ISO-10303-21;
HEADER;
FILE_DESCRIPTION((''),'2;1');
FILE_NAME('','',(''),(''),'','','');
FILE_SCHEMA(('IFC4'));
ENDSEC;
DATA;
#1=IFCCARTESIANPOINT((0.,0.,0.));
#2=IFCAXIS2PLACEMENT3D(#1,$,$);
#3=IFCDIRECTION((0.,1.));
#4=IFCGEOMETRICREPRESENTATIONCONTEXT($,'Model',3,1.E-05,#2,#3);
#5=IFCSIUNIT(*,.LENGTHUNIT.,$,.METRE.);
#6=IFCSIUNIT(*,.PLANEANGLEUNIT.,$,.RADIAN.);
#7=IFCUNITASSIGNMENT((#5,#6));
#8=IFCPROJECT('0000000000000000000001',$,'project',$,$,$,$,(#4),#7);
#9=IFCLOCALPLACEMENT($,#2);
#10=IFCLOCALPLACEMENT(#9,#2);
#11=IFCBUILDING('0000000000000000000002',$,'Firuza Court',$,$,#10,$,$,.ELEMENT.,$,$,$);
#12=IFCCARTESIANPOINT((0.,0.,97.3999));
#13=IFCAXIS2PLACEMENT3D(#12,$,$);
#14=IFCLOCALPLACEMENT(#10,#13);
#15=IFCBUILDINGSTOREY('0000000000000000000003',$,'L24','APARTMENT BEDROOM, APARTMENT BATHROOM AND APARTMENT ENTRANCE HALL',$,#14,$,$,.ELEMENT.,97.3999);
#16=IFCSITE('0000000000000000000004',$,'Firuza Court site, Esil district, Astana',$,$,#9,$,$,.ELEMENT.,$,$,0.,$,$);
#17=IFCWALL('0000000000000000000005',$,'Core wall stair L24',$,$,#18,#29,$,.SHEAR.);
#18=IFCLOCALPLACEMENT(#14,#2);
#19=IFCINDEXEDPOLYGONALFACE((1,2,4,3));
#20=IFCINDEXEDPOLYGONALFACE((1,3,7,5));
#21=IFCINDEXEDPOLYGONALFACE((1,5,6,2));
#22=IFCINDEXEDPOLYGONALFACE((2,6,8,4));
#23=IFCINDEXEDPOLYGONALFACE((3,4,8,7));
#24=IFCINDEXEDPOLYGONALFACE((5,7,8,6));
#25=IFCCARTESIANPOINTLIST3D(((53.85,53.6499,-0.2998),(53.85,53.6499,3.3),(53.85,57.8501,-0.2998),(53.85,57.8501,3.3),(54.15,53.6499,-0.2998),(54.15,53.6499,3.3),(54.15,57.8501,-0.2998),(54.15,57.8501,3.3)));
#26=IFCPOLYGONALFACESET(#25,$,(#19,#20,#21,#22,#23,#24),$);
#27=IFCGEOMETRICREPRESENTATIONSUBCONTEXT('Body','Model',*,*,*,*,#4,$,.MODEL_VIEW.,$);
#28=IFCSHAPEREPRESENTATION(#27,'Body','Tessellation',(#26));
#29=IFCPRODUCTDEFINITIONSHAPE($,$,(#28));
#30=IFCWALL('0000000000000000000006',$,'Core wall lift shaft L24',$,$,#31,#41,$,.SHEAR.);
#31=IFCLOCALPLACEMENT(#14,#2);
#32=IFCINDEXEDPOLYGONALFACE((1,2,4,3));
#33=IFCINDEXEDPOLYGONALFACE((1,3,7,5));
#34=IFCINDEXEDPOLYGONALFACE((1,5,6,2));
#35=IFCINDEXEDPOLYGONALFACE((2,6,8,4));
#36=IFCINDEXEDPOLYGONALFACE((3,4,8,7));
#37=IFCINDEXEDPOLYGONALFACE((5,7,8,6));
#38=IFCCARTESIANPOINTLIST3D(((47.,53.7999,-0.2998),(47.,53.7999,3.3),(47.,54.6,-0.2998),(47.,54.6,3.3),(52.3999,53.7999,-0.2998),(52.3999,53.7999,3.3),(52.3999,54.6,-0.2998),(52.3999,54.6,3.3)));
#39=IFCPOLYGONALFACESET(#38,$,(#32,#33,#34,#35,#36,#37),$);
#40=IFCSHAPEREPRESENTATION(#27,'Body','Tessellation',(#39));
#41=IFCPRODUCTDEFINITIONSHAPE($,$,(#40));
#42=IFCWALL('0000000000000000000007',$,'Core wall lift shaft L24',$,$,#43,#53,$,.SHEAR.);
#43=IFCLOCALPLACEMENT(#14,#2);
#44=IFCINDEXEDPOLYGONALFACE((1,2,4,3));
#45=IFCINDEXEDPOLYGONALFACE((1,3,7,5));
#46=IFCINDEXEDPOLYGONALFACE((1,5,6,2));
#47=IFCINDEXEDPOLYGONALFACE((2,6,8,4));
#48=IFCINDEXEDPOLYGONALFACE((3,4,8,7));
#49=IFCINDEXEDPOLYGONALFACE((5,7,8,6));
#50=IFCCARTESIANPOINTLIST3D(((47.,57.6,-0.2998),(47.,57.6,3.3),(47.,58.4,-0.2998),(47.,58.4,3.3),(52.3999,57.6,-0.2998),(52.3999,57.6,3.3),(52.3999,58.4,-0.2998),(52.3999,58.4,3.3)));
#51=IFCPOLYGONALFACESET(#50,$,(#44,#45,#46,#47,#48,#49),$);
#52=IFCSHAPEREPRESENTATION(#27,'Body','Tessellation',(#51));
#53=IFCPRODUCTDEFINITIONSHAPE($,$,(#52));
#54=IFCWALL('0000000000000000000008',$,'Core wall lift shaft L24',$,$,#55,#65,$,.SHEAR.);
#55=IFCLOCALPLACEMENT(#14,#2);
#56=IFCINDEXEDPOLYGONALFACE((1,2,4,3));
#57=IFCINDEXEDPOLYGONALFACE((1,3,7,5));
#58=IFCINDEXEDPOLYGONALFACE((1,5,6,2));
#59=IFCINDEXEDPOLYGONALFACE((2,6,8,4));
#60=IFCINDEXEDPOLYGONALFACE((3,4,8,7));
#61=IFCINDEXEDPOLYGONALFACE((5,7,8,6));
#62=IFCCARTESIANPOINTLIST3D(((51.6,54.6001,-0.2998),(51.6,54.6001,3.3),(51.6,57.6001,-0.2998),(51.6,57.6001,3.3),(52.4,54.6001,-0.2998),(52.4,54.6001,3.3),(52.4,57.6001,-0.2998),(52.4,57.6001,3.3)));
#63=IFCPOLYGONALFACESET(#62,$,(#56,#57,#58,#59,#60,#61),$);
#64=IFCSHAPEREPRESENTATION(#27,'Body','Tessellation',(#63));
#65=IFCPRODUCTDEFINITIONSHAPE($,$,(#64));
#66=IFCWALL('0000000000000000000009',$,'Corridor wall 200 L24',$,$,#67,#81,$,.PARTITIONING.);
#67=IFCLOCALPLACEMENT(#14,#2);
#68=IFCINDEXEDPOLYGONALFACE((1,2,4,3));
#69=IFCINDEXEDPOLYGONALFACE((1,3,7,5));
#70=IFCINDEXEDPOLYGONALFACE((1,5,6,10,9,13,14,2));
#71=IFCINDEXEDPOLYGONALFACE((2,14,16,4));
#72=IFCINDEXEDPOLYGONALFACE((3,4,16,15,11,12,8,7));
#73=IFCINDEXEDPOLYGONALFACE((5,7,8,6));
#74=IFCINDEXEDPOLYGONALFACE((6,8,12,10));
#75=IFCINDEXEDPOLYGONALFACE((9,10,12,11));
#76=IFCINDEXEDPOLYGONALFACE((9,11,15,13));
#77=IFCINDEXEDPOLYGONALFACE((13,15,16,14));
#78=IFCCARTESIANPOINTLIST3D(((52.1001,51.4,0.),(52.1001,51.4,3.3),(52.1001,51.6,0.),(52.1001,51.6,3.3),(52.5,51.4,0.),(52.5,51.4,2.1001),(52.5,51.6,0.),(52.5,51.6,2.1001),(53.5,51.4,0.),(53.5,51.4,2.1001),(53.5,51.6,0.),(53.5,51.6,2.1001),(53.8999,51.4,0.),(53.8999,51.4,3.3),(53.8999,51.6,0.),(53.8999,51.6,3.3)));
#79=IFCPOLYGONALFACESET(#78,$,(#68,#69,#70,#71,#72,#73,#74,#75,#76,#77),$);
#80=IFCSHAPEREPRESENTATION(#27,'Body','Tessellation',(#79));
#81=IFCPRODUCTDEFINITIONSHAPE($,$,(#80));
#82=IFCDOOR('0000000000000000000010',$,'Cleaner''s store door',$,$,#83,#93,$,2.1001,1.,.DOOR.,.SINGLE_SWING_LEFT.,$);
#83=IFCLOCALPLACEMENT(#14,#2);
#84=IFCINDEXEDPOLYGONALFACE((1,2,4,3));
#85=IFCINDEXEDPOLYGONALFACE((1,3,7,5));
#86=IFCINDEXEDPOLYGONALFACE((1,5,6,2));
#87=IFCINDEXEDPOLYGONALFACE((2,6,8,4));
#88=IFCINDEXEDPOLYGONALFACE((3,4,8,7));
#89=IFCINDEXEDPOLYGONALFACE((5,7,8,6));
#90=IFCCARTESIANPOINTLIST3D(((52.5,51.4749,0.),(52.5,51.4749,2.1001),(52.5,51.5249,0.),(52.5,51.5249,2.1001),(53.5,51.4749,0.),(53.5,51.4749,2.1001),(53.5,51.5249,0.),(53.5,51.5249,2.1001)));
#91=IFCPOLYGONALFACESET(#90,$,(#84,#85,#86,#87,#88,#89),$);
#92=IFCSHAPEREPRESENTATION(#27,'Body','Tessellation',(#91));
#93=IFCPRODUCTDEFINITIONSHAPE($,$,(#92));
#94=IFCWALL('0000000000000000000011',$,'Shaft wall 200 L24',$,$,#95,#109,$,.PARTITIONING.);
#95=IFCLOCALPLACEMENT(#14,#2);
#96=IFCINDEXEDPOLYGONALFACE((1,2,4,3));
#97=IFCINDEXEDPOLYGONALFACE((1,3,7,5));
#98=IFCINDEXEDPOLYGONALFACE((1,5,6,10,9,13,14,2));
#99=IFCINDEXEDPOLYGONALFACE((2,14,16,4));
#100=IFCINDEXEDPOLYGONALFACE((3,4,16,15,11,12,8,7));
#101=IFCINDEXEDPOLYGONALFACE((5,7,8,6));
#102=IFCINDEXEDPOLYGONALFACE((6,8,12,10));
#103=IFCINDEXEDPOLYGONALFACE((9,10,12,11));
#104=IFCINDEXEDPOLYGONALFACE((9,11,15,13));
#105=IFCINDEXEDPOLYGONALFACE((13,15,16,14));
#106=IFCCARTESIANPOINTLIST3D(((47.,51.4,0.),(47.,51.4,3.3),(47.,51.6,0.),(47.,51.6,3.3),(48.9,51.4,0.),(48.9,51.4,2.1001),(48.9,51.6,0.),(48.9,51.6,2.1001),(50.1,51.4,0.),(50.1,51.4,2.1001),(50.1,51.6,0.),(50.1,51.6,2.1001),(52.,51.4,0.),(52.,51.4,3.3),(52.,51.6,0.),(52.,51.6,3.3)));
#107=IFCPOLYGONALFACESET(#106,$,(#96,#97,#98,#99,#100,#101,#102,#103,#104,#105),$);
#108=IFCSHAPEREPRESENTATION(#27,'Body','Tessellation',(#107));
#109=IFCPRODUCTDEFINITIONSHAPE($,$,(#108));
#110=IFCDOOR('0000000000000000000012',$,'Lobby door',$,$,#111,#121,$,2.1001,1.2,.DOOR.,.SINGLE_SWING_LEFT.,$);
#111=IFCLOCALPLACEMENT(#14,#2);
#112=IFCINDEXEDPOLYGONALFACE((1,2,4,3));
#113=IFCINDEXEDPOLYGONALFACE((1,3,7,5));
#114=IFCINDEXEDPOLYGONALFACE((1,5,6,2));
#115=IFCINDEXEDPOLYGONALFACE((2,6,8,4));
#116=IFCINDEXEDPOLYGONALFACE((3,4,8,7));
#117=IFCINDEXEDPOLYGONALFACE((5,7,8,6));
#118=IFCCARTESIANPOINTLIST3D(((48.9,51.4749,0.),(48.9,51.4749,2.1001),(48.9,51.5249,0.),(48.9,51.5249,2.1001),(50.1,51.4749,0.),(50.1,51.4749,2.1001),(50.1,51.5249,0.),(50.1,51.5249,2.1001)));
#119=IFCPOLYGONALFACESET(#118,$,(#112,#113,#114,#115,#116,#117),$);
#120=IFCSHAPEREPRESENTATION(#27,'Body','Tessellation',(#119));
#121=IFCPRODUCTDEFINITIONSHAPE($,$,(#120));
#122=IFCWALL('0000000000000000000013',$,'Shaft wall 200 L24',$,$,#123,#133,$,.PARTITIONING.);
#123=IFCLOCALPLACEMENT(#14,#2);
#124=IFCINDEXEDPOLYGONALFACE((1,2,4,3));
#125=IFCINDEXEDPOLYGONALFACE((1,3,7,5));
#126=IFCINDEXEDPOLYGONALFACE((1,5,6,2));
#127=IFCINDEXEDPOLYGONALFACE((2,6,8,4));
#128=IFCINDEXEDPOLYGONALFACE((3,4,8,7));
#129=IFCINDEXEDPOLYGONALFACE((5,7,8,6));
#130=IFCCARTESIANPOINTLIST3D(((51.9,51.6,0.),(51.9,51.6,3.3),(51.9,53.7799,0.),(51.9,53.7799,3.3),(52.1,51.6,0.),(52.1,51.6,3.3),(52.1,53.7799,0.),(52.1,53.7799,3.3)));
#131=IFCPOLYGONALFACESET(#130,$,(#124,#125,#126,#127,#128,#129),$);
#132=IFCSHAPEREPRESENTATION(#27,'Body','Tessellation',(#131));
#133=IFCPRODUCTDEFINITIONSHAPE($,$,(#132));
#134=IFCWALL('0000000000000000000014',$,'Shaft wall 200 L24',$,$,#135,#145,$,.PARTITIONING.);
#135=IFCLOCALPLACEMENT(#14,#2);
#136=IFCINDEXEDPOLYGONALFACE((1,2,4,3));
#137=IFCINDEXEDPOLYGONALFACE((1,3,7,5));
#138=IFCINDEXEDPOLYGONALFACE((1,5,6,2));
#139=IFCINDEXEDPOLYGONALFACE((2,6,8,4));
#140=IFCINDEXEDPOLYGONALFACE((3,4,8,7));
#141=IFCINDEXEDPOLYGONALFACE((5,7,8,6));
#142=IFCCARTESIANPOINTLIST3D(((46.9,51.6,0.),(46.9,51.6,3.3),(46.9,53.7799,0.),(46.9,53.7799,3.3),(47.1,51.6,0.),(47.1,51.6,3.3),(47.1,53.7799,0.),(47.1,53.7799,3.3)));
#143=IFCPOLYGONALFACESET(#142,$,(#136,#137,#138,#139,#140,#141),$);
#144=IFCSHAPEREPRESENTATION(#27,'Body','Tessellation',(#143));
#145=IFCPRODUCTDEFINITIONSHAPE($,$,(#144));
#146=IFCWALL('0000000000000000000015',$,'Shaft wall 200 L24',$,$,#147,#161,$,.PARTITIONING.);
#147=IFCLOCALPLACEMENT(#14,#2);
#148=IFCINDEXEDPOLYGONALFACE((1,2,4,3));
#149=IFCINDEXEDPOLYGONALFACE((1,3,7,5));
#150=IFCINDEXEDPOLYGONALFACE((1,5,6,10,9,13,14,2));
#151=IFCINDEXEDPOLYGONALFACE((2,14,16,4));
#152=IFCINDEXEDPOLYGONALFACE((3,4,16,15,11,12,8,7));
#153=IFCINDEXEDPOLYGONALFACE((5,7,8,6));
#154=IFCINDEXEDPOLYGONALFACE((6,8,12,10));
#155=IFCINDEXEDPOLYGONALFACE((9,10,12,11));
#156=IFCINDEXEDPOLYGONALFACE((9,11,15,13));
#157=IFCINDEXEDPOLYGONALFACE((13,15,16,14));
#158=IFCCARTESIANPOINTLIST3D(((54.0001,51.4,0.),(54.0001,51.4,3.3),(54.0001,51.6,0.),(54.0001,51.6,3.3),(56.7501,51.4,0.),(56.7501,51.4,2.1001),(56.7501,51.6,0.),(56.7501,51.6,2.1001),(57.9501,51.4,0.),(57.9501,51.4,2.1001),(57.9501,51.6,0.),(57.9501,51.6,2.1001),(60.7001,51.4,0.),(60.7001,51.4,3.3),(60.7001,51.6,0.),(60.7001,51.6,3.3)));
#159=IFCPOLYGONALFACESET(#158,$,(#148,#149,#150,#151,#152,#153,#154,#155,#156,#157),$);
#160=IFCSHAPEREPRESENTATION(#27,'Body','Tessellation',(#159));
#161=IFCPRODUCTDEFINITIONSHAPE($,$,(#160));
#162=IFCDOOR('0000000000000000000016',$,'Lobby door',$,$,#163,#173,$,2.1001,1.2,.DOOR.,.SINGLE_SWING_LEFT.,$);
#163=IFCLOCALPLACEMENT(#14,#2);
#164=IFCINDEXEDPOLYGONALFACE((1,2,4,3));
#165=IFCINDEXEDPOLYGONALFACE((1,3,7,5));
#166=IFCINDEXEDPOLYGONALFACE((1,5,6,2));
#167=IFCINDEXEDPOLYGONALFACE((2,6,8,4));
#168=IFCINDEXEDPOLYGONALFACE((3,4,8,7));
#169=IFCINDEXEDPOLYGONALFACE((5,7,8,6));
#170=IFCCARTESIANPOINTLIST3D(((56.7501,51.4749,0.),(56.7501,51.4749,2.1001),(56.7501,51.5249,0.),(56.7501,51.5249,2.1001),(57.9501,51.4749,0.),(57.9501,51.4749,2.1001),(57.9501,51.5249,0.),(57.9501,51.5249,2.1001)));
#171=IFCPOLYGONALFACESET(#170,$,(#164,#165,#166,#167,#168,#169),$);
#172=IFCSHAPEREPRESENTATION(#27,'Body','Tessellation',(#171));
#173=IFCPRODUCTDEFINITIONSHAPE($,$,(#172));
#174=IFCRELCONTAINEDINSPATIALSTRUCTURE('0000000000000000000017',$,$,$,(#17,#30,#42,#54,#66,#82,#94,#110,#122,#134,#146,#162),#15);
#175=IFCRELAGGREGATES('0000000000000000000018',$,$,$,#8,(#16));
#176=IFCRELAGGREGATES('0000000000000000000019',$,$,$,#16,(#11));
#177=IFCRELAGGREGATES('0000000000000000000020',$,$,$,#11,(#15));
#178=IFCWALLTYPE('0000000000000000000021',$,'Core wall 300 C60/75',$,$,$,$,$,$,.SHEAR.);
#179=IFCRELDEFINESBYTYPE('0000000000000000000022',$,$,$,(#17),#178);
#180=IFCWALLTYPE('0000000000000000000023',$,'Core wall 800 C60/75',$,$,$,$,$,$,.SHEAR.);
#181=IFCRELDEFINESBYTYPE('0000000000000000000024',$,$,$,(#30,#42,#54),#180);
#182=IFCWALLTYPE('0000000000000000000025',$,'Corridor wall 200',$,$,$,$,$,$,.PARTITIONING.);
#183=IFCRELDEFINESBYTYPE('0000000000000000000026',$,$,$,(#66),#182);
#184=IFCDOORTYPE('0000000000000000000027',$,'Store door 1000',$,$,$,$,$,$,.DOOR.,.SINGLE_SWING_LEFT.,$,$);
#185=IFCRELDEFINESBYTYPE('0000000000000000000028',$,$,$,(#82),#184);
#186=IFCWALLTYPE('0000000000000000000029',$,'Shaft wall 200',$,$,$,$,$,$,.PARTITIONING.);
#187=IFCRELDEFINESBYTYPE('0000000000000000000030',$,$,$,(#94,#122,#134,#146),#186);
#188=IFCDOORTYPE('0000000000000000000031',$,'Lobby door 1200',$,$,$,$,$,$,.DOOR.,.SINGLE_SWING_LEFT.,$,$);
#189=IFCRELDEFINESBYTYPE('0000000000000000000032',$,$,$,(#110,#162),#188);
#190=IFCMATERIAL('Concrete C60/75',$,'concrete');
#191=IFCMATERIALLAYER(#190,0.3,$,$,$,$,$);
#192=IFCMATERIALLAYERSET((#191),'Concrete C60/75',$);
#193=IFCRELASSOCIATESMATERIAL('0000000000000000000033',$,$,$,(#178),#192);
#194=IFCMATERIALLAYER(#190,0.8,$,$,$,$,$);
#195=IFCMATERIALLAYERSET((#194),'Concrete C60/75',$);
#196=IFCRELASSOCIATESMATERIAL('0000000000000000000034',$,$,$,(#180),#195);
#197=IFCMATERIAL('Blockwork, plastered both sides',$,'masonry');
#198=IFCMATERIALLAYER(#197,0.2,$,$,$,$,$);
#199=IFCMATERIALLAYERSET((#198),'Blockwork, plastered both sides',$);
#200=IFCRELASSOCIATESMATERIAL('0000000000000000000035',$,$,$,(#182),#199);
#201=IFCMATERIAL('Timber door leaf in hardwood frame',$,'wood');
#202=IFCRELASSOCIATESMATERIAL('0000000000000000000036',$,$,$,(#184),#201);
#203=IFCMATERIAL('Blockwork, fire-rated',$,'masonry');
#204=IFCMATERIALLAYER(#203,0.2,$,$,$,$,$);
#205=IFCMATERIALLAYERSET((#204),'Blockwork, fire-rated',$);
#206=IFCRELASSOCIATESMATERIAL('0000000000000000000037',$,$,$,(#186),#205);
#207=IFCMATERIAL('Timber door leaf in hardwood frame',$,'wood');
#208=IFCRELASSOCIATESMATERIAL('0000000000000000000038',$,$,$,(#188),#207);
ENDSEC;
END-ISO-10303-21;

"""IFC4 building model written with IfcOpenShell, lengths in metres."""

from ifc_helpers import new_model, si_unit, direction, frame, frame_2d, origin, place, context, subcontext, project, spatial, rectangle, extrude, material, layer, layer_set, type_object, element, fill, save


model = new_model("IFC4")

# Units and contexts
model_context = context("Model", 3, precision=1e-05, world=origin(), true_north=direction((0.0, 1.0)))
body_context = subcontext(model_context, "Body", "Model", "MODEL_VIEW")
ifc_project = project(units=[si_unit("LENGTHUNIT", "METRE"), si_unit("PLANEANGLEUNIT", "RADIAN")], contexts=[model_context])

# Site, building, storey
site_placement = place(None, origin())
site = spatial("IfcSite", under=ifc_project, at=site_placement, Name="Firuza Court site, Esil district, Astana", CompositionType="ELEMENT", RefElevation=0.0)
building_placement = place(site_placement, origin())
building = spatial("IfcBuilding", under=site, at=building_placement, Name="Firuza Court", CompositionType="ELEMENT")
storey_placement = place(building_placement, frame((0.0, 0.0, 97.3999)))
storey = spatial("IfcBuildingStorey", under=building, at=storey_placement, Name="L24", Description="APARTMENT BEDROOM, APARTMENT BATHROOM AND APARTMENT ENTRANCE HALL", CompositionType="ELEMENT", Elevation=97.3999)

# Shared definitions
ifc_material_1 = material(Name="Concrete C60/75", Category="concrete")
ifc_layer_1 = layer(ifc_material_1, 0.3)
ifc_layer_set_1 = layer_set([ifc_layer_1], Name="Concrete C60/75")
wall_type_1 = type_object("IfcWallType", Name="Core wall 300 C60/75", PredefinedType="SHEAR", material=ifc_layer_set_1)

# Walls
wall_1_placement = place(storey_placement, frame((54.0, 53.6499, -0.2998), z_axis=(0.0, 0.0, 1.0), x_axis=(0.0, 1.0, 0.0)))
element("IfcWall", 1, at=wall_1_placement, inside=storey, type_object=wall_type_1, Name="Core wall stair L24", PredefinedType="SHEAR", context=body_context, shape_type="SweptSolid", body=[
    extrude(rectangle(XDim=4.2002, YDim=0.3, at=frame_2d((2.1001, 0.0))), origin(), (0.0, 0.0, 1.0), 3.5999),
])
ifc_layer_2 = layer(ifc_material_1, 0.8)
ifc_layer_set_2 = layer_set([ifc_layer_2], Name="Concrete C60/75")
wall_type_2 = type_object("IfcWallType", Name="Core wall 800 C60/75", PredefinedType="SHEAR", material=ifc_layer_set_2)
for number, where, z_axis, x_axis, name in (
    (2, (47.0, 54.2, -0.2998), (0.0, 0.0, 1.0), (1.0, 0.0, 0.0), "Core wall lift shaft L24"),
    (3, (47.0, 58.0, -0.2998), (0.0, 0.0, 1.0), (1.0, 0.0, 0.0), "Core wall lift shaft L24"),
):
    element("IfcWall", number, at=place(storey_placement, frame(where, z_axis=z_axis, x_axis=x_axis)), inside=storey, type_object=wall_type_2, Name=name, PredefinedType="SHEAR", context=body_context, shape_type="SweptSolid", body=[
        extrude(rectangle(XDim=5.3999, YDim=0.8, at=frame_2d((2.7, 0.0))), origin(), (0.0, 0.0, 1.0), 3.5999),
    ])
wall_2_placement = place(storey_placement, frame((52.0, 54.6001, -0.2998), z_axis=(0.0, 0.0, 1.0), x_axis=(0.0, 1.0, 0.0)))
element("IfcWall", 4, at=wall_2_placement, inside=storey, type_object=wall_type_2, Name="Core wall lift shaft L24", PredefinedType="SHEAR", context=body_context, shape_type="SweptSolid", body=[
    extrude(rectangle(XDim=3.0, YDim=0.8, at=frame_2d((1.5, 0.0))), origin(), (0.0, 0.0, 1.0), 3.5999),
])

# Walls, openings, doors
ifc_material_2 = material(Name="Blockwork, plastered both sides", Category="masonry")
ifc_layer_3 = layer(ifc_material_2, 0.2)
ifc_layer_set_3 = layer_set([ifc_layer_3], Name="Blockwork, plastered both sides")
wall_type_3 = type_object("IfcWallType", Name="Corridor wall 200", PredefinedType="PARTITIONING", material=ifc_layer_set_3)
wall_3_placement = place(storey_placement, frame((52.1001, 51.5, 0.0), z_axis=(0.0, 0.0, 1.0), x_axis=(1.0, 0.0, 0.0)))
wall_3 = element("IfcWall", 5, at=wall_3_placement, inside=storey, type_object=wall_type_3, Name="Corridor wall 200 L24", PredefinedType="PARTITIONING", context=body_context, shape_type="SweptSolid", body=[
    extrude(rectangle(XDim=1.7998, YDim=0.2, at=frame_2d((0.8999, 0.0))), origin(), (0.0, 0.0, 1.0), 3.3),
])
opening_1_placement = place(wall_3_placement, frame((0.3999, 0.0, 0.0)))
opening_1 = element("IfcOpeningElement", 6, at=opening_1_placement, cuts=wall_3, PredefinedType="OPENING", context=body_context, shape_type="SweptSolid", body=[
    extrude(rectangle(XDim=1.0, YDim=2.1001, at=frame_2d((0.5, 1.05))), frame((0.0, 0.1118, 0.0), z_axis=(0.0, -1.0, 0.0), x_axis=(1.0, 0.0, 0.0)), (0.0, 0.0, 1.0), 0.2239),
])
ifc_material_3 = material(Name="Timber door leaf in hardwood frame", Category="wood")
door_type_1 = type_object("IfcDoorType", Name="Store door 1000", OperationType="SINGLE_SWING_LEFT", PredefinedType="DOOR", material=ifc_material_3)
door_1_placement = place(opening_1_placement, origin())
door_1 = element("IfcDoor", 7, at=door_1_placement, inside=storey, type_object=door_type_1, Name="Cleaner's store door", OperationType="SINGLE_SWING_LEFT", OverallHeight=2.1001, OverallWidth=1.0, PredefinedType="DOOR", context=body_context, shape_type="SweptSolid", body=[
    extrude(rectangle(XDim=1.0, YDim=2.1001, at=frame_2d((0.5, 1.05))), frame((0.0, 0.0249, 0.0), z_axis=(0.0, -1.0, 0.0), x_axis=(1.0, 0.0, 0.0)), (0.0, 0.0, 1.0), 0.05),
])
fill(opening_1, door_1)
ifc_material_4 = material(Name="Blockwork, fire-rated", Category="masonry")
ifc_layer_4 = layer(ifc_material_4, 0.2)
ifc_layer_set_4 = layer_set([ifc_layer_4], Name="Blockwork, fire-rated")
wall_type_4 = type_object("IfcWallType", Name="Shaft wall 200", PredefinedType="PARTITIONING", material=ifc_layer_set_4)
wall_4_placement = place(storey_placement, frame((47.0, 51.5, 0.0), z_axis=(0.0, 0.0, 1.0), x_axis=(1.0, 0.0, 0.0)))
wall_4 = element("IfcWall", 8, at=wall_4_placement, inside=storey, type_object=wall_type_4, Name="Shaft wall 200 L24", PredefinedType="PARTITIONING", context=body_context, shape_type="SweptSolid", body=[
    extrude(rectangle(XDim=5.0, YDim=0.2, at=frame_2d((2.5, 0.0))), origin(), (0.0, 0.0, 1.0), 3.3),
])
opening_2_placement = place(wall_4_placement, frame((1.8999, 0.0, 0.0)))
opening_2 = element("IfcOpeningElement", 9, at=opening_2_placement, cuts=wall_4, PredefinedType="OPENING", context=body_context, shape_type="SweptSolid", body=[
    extrude(rectangle(XDim=1.2, YDim=2.1001, at=frame_2d((0.6001, 1.05))), frame((0.0, 0.1118, 0.0), z_axis=(0.0, -1.0, 0.0), x_axis=(1.0, 0.0, 0.0)), (0.0, 0.0, 1.0), 0.2239),
])
ifc_material_5 = material(Name="Timber door leaf in hardwood frame", Category="wood")
door_type_2 = type_object("IfcDoorType", Name="Lobby door 1200", OperationType="SINGLE_SWING_LEFT", PredefinedType="DOOR", material=ifc_material_5)
door_2_placement = place(opening_2_placement, origin())
door_2 = element("IfcDoor", 10, at=door_2_placement, inside=storey, type_object=door_type_2, Name="Lobby door", OperationType="SINGLE_SWING_LEFT", OverallHeight=2.1001, OverallWidth=1.2, PredefinedType="DOOR", context=body_context, shape_type="SweptSolid", body=[
    extrude(rectangle(XDim=1.2, YDim=2.1001, at=frame_2d((0.6001, 1.05))), frame((0.0, 0.0249, 0.0), z_axis=(0.0, -1.0, 0.0), x_axis=(1.0, 0.0, 0.0)), (0.0, 0.0, 1.0), 0.05),
])
fill(opening_2, door_2)

# Walls
for number, where, z_axis, x_axis, name in (
    (11, (52.0, 51.6001, 0.0), (0.0, 0.0, 1.0), (0.0, 1.0, 0.0), "Shaft wall 200 L24"),
    (12, (47.0, 51.6001, 0.0), (0.0, 0.0, 1.0), (0.0, 1.0, 0.0), "Shaft wall 200 L24"),
):
    element("IfcWall", number, at=place(storey_placement, frame(where, z_axis=z_axis, x_axis=x_axis)), inside=storey, type_object=wall_type_4, Name=name, PredefinedType="PARTITIONING", context=body_context, shape_type="SweptSolid", body=[
        extrude(rectangle(XDim=2.1799, YDim=0.2, at=frame_2d((1.0898, 0.0))), origin(), (0.0, 0.0, 1.0), 3.3),
    ])

# Wall, opening, door
wall_5_placement = place(storey_placement, frame((54.0, 51.5, 0.0), z_axis=(0.0, 0.0, 1.0), x_axis=(1.0, 0.0, 0.0)))
wall_5 = element("IfcWall", 13, at=wall_5_placement, inside=storey, type_object=wall_type_4, Name="Shaft wall 200 L24", PredefinedType="PARTITIONING", context=body_context, shape_type="SweptSolid", body=[
    extrude(rectangle(XDim=6.7, YDim=0.2, at=frame_2d((3.3501, 0.0))), origin(), (0.0, 0.0, 1.0), 3.3),
])
opening_3_placement = place(wall_5_placement, frame((2.75, 0.0, 0.0)))
opening_3 = element("IfcOpeningElement", 14, at=opening_3_placement, cuts=wall_5, PredefinedType="OPENING", context=body_context, shape_type="SweptSolid", body=[
    extrude(rectangle(XDim=1.2, YDim=2.1001, at=frame_2d((0.6001, 1.05))), frame((0.0, 0.1118, 0.0), z_axis=(0.0, -1.0, 0.0), x_axis=(1.0, 0.0, 0.0)), (0.0, 0.0, 1.0), 0.2239),
])
door_3_placement = place(opening_3_placement, origin())
door_3 = element("IfcDoor", 15, at=door_3_placement, inside=storey, type_object=door_type_2, Name="Lobby door", OperationType="SINGLE_SWING_LEFT", OverallHeight=2.1001, OverallWidth=1.2, PredefinedType="DOOR", context=body_context, shape_type="SweptSolid", body=[
    extrude(rectangle(XDim=1.2, YDim=2.1001, at=frame_2d((0.6001, 1.05))), frame((0.0, 0.0249, 0.0), z_axis=(0.0, -1.0, 0.0), x_axis=(1.0, 0.0, 0.0)), (0.0, 0.0, 1.0), 0.05),
])
fill(opening_3, door_3)

save(model, "model.ifc")
